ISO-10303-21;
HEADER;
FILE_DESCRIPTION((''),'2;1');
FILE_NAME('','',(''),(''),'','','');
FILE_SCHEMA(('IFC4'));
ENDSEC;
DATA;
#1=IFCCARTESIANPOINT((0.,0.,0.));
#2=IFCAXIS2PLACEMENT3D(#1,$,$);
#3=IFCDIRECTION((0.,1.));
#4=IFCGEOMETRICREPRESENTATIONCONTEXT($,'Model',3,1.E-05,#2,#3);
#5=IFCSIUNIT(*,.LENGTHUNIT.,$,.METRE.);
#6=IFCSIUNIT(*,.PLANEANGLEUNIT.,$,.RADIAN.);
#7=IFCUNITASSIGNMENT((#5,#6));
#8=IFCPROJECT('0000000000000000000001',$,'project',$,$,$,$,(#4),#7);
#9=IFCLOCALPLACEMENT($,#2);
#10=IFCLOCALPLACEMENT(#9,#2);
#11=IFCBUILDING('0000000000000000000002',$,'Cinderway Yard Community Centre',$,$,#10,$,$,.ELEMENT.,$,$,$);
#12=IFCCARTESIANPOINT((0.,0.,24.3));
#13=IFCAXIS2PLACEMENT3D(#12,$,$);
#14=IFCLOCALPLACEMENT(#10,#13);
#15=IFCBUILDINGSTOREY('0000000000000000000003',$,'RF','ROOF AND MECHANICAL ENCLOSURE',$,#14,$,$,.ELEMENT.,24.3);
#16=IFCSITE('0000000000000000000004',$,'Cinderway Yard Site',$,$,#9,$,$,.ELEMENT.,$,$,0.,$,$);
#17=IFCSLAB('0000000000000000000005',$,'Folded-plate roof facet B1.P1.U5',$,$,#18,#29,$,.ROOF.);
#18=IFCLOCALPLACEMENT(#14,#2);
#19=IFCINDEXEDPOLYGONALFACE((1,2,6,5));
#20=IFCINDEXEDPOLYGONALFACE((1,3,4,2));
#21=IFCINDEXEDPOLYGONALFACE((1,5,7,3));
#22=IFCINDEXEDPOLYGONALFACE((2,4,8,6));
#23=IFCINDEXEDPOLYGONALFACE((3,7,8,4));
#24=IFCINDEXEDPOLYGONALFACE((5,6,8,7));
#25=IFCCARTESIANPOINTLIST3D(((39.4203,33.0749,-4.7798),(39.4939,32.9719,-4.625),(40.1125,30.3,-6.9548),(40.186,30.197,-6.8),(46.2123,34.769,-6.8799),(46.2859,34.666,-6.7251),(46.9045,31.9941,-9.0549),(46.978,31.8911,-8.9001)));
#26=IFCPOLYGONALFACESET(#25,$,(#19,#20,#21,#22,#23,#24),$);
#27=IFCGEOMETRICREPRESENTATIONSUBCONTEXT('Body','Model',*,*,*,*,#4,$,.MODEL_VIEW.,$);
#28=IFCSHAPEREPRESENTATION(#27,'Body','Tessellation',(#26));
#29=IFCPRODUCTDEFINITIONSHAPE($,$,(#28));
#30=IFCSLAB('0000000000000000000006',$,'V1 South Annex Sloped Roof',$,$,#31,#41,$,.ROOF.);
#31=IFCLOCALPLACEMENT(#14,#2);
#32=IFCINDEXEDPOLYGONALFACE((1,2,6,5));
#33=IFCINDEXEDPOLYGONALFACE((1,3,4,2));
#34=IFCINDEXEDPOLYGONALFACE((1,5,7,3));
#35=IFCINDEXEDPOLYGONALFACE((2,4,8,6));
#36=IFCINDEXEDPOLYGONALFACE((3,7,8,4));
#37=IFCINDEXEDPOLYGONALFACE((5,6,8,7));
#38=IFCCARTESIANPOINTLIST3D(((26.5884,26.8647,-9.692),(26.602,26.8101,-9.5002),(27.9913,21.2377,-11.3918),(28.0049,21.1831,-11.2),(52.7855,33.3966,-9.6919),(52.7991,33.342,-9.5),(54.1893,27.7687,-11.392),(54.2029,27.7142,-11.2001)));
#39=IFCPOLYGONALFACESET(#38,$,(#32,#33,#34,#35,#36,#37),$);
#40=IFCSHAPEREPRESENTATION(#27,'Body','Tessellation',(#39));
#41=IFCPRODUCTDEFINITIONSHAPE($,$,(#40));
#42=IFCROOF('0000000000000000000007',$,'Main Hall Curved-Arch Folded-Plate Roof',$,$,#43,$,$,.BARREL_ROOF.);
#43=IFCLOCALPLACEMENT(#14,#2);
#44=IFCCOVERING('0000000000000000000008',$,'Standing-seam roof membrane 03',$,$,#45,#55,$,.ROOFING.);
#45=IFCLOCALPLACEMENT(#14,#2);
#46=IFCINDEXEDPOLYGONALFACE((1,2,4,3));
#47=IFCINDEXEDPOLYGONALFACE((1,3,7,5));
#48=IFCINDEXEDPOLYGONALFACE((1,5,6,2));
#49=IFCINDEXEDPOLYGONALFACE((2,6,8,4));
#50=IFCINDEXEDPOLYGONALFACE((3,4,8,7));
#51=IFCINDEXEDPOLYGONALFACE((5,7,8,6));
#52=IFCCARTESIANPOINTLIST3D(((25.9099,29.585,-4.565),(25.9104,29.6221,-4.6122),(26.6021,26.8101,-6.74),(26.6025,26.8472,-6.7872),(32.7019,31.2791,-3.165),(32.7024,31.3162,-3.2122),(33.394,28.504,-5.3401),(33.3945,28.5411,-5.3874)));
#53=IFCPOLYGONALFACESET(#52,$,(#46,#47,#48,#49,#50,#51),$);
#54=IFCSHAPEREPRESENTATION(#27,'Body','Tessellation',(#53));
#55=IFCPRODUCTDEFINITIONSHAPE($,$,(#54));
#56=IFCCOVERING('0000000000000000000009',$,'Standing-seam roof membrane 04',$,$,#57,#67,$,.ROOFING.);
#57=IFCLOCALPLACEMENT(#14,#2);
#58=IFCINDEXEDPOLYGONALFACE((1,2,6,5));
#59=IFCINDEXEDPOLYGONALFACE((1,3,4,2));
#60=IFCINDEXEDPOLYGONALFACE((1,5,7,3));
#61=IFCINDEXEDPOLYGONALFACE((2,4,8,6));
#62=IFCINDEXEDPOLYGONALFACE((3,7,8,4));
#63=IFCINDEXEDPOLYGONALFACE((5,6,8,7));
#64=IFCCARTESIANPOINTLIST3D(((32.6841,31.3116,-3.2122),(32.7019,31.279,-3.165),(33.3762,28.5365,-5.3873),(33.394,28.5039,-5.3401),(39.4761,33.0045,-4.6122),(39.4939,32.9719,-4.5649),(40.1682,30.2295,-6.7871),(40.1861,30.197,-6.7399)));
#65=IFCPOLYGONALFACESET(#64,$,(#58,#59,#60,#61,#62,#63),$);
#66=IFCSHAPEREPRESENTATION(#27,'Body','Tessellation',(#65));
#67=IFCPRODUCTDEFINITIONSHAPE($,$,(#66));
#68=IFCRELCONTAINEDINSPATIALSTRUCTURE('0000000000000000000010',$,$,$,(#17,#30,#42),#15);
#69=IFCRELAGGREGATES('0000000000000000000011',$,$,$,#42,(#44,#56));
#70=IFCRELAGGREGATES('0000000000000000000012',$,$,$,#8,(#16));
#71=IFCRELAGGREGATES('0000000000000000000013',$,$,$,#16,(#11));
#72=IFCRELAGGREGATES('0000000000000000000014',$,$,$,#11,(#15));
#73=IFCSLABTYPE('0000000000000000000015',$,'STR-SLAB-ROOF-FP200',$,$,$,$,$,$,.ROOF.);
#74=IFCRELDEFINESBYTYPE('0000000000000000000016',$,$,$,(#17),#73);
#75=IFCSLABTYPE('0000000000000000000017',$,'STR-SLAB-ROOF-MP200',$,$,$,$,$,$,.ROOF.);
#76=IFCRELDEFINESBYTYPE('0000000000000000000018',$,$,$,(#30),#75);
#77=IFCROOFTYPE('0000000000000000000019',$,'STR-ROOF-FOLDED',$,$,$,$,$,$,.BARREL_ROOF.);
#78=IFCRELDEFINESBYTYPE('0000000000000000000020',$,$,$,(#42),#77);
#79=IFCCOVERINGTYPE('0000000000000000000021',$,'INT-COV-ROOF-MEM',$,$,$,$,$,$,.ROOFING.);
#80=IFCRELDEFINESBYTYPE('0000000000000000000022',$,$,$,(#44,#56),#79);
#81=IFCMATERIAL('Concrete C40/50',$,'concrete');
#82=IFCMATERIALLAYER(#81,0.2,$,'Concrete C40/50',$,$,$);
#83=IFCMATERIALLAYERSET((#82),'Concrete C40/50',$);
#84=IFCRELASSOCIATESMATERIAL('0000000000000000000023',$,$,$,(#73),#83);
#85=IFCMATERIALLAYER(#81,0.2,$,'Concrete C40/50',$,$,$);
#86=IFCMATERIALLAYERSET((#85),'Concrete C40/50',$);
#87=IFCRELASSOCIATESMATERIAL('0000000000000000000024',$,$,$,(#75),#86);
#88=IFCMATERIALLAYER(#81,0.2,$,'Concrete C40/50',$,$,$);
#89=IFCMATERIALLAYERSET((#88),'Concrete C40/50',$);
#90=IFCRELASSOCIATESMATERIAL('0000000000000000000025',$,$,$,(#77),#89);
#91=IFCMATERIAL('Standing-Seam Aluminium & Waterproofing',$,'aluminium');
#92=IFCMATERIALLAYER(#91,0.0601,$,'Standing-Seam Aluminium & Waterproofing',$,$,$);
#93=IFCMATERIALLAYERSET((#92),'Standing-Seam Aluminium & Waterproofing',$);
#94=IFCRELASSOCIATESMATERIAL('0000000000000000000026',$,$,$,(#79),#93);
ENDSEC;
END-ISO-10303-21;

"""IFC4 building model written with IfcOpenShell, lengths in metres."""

from ifc_helpers import new_model, si_unit, direction, frame, origin, place, context, subcontext, project, spatial, polyline, outline, extrude, material, layer, layer_set, type_object, element, aggregate, save


model = new_model("IFC4")

# Units and contexts
model_context = context("Model", 3, precision=1e-05, world=origin(), true_north=direction((0.0, 1.0)))
body_context = subcontext(model_context, "Body", "Model", "MODEL_VIEW")
ifc_project = project(units=[si_unit("LENGTHUNIT", "METRE"), si_unit("PLANEANGLEUNIT", "RADIAN")], contexts=[model_context])

# Site, building, storey
site_placement = place(None, origin())
site = spatial("IfcSite", under=ifc_project, at=site_placement, Name="Cinderway Yard Site", CompositionType="ELEMENT", RefElevation=0.0)
building_placement = place(site_placement, origin())
building = spatial("IfcBuilding", under=site, at=building_placement, Name="Cinderway Yard Community Centre", CompositionType="ELEMENT")
storey_placement = place(building_placement, frame((0.0, 0.0, 24.3)))
storey = spatial("IfcBuildingStorey", under=building, at=storey_placement, Name="RF", Description="ROOF AND MECHANICAL ENCLOSURE", CompositionType="ELEMENT", Elevation=24.3)

# Shared definitions
ifc_material_1 = material(Name="Concrete C40/50", Category="concrete")

# Slabs
ifc_layer_1 = layer(ifc_material_1, 0.2, Name="Concrete C40/50")
ifc_layer_set_1 = layer_set([ifc_layer_1], Name="Concrete C40/50")
slab_type_1 = type_object("IfcSlabType", Name="STR-SLAB-ROOF-FP200", PredefinedType="ROOF", material=ifc_layer_set_1)
slab_1_placement = place(storey_placement, frame((40.186, 30.197, -6.8), z_axis=(0.367856, -0.515081, 0.774192), x_axis=(0.929351, 0.231803, -0.287357)))
element("IfcSlab", 1, at=slab_1_placement, inside=storey, type_object=slab_type_1, Name="Folded-plate roof facet B1.P1.U5", PredefinedType="ROOF", context=body_context, shape_type="SweptSolid", body=[
    extrude(outline(polyline([(0.0, 0.0), (7.3083, 0.0), (6.6833, 3.5383), (-0.625, 3.5383), (0.0, 0.0)])), origin(), (0.0, 0.0, -1.0), 0.2),
])
ifc_layer_2 = layer(ifc_material_1, 0.2, Name="Concrete C40/50")
ifc_layer_set_2 = layer_set([ifc_layer_2], Name="Concrete C40/50")
slab_type_2 = type_object("IfcSlabType", Name="STR-SLAB-ROOF-MP200", PredefinedType="ROOF", material=ifc_layer_set_2)
slab_2_placement = place(storey_placement, frame((28.0049, 21.1831, -11.2), z_axis=(0.068043, -0.272919, 0.959628), x_axis=(0.970303, 0.241893, -0.000006)))
element("IfcSlab", 2, at=slab_2_placement, inside=storey, type_object=slab_type_2, Name="V1 South Annex Sloped Roof", PredefinedType="ROOF", context=body_context, shape_type="SweptSolid", body=[
    extrude(outline(polyline([(0.0, 0.0), (26.9998, 0.0), (26.999, 6.0443), (-0.0001, 6.0432), (0.0, 0.0)])), origin(), (0.0, 0.0, -1.0), 0.2),
])

# Roof, coverings
ifc_layer_3 = layer(ifc_material_1, 0.2, Name="Concrete C40/50")
ifc_layer_set_3 = layer_set([ifc_layer_3], Name="Concrete C40/50")
roof_type = type_object("IfcRoofType", Name="STR-ROOF-FOLDED", PredefinedType="BARREL_ROOF", material=ifc_layer_set_3)
roof_placement = place(storey_placement, origin())
roof = element("IfcRoof", 3, at=roof_placement, inside=storey, type_object=roof_type, Name="Main Hall Curved-Arch Folded-Plate Roof", PredefinedType="BARREL_ROOF")
ifc_material_2 = material(Name="Standing-Seam Aluminium & Waterproofing", Category="aluminium")
ifc_layer_4 = layer(ifc_material_2, 0.0601, Name="Standing-Seam Aluminium & Waterproofing")
ifc_layer_set_4 = layer_set([ifc_layer_4], Name="Standing-Seam Aluminium & Waterproofing")
covering_type = type_object("IfcCoveringType", Name="INT-COV-ROOF-MEM", PredefinedType="ROOFING", material=ifc_layer_set_4)
covering_1_placement = place(storey_placement, frame((26.6021, 26.8101, -6.74), z_axis=(-0.007864, -0.618082, 0.786074), x_axis=(0.951442, 0.237286, 0.196094)))
covering_1 = element("IfcCovering", 4, at=covering_1_placement, type_object=covering_type, Name="Standing-seam roof membrane 03", PredefinedType="ROOFING", context=body_context, shape_type="SweptSolid", body=[
    extrude(outline(polyline([(0.0, 0.0), (7.1386, 0.0), (7.5651, 3.5678), (0.4264, 3.5677), (0.0, 0.0)])), origin(), (0.0, 0.0, -1.0), 0.0601),
])
covering_2_placement = place(storey_placement, frame((33.394, 28.5039, -5.3401), z_axis=(0.297126, -0.542021, 0.786085), x_axis=(0.951468, 0.237177, -0.1961)))
covering_2 = element("IfcCovering", 5, at=covering_2_placement, type_object=covering_type, Name="Standing-seam roof membrane 04", PredefinedType="ROOFING", context=body_context, shape_type="SweptSolid", body=[
    extrude(outline(polyline([(0.0, 0.0), (7.1385, 0.0), (6.7115, 3.5676), (-0.4269, 3.5678), (0.0, 0.0)])), origin(), (0.0, 0.0, -1.0), 0.0601),
])
aggregate(roof, [covering_1, covering_2])

save(model, "model.ifc")
